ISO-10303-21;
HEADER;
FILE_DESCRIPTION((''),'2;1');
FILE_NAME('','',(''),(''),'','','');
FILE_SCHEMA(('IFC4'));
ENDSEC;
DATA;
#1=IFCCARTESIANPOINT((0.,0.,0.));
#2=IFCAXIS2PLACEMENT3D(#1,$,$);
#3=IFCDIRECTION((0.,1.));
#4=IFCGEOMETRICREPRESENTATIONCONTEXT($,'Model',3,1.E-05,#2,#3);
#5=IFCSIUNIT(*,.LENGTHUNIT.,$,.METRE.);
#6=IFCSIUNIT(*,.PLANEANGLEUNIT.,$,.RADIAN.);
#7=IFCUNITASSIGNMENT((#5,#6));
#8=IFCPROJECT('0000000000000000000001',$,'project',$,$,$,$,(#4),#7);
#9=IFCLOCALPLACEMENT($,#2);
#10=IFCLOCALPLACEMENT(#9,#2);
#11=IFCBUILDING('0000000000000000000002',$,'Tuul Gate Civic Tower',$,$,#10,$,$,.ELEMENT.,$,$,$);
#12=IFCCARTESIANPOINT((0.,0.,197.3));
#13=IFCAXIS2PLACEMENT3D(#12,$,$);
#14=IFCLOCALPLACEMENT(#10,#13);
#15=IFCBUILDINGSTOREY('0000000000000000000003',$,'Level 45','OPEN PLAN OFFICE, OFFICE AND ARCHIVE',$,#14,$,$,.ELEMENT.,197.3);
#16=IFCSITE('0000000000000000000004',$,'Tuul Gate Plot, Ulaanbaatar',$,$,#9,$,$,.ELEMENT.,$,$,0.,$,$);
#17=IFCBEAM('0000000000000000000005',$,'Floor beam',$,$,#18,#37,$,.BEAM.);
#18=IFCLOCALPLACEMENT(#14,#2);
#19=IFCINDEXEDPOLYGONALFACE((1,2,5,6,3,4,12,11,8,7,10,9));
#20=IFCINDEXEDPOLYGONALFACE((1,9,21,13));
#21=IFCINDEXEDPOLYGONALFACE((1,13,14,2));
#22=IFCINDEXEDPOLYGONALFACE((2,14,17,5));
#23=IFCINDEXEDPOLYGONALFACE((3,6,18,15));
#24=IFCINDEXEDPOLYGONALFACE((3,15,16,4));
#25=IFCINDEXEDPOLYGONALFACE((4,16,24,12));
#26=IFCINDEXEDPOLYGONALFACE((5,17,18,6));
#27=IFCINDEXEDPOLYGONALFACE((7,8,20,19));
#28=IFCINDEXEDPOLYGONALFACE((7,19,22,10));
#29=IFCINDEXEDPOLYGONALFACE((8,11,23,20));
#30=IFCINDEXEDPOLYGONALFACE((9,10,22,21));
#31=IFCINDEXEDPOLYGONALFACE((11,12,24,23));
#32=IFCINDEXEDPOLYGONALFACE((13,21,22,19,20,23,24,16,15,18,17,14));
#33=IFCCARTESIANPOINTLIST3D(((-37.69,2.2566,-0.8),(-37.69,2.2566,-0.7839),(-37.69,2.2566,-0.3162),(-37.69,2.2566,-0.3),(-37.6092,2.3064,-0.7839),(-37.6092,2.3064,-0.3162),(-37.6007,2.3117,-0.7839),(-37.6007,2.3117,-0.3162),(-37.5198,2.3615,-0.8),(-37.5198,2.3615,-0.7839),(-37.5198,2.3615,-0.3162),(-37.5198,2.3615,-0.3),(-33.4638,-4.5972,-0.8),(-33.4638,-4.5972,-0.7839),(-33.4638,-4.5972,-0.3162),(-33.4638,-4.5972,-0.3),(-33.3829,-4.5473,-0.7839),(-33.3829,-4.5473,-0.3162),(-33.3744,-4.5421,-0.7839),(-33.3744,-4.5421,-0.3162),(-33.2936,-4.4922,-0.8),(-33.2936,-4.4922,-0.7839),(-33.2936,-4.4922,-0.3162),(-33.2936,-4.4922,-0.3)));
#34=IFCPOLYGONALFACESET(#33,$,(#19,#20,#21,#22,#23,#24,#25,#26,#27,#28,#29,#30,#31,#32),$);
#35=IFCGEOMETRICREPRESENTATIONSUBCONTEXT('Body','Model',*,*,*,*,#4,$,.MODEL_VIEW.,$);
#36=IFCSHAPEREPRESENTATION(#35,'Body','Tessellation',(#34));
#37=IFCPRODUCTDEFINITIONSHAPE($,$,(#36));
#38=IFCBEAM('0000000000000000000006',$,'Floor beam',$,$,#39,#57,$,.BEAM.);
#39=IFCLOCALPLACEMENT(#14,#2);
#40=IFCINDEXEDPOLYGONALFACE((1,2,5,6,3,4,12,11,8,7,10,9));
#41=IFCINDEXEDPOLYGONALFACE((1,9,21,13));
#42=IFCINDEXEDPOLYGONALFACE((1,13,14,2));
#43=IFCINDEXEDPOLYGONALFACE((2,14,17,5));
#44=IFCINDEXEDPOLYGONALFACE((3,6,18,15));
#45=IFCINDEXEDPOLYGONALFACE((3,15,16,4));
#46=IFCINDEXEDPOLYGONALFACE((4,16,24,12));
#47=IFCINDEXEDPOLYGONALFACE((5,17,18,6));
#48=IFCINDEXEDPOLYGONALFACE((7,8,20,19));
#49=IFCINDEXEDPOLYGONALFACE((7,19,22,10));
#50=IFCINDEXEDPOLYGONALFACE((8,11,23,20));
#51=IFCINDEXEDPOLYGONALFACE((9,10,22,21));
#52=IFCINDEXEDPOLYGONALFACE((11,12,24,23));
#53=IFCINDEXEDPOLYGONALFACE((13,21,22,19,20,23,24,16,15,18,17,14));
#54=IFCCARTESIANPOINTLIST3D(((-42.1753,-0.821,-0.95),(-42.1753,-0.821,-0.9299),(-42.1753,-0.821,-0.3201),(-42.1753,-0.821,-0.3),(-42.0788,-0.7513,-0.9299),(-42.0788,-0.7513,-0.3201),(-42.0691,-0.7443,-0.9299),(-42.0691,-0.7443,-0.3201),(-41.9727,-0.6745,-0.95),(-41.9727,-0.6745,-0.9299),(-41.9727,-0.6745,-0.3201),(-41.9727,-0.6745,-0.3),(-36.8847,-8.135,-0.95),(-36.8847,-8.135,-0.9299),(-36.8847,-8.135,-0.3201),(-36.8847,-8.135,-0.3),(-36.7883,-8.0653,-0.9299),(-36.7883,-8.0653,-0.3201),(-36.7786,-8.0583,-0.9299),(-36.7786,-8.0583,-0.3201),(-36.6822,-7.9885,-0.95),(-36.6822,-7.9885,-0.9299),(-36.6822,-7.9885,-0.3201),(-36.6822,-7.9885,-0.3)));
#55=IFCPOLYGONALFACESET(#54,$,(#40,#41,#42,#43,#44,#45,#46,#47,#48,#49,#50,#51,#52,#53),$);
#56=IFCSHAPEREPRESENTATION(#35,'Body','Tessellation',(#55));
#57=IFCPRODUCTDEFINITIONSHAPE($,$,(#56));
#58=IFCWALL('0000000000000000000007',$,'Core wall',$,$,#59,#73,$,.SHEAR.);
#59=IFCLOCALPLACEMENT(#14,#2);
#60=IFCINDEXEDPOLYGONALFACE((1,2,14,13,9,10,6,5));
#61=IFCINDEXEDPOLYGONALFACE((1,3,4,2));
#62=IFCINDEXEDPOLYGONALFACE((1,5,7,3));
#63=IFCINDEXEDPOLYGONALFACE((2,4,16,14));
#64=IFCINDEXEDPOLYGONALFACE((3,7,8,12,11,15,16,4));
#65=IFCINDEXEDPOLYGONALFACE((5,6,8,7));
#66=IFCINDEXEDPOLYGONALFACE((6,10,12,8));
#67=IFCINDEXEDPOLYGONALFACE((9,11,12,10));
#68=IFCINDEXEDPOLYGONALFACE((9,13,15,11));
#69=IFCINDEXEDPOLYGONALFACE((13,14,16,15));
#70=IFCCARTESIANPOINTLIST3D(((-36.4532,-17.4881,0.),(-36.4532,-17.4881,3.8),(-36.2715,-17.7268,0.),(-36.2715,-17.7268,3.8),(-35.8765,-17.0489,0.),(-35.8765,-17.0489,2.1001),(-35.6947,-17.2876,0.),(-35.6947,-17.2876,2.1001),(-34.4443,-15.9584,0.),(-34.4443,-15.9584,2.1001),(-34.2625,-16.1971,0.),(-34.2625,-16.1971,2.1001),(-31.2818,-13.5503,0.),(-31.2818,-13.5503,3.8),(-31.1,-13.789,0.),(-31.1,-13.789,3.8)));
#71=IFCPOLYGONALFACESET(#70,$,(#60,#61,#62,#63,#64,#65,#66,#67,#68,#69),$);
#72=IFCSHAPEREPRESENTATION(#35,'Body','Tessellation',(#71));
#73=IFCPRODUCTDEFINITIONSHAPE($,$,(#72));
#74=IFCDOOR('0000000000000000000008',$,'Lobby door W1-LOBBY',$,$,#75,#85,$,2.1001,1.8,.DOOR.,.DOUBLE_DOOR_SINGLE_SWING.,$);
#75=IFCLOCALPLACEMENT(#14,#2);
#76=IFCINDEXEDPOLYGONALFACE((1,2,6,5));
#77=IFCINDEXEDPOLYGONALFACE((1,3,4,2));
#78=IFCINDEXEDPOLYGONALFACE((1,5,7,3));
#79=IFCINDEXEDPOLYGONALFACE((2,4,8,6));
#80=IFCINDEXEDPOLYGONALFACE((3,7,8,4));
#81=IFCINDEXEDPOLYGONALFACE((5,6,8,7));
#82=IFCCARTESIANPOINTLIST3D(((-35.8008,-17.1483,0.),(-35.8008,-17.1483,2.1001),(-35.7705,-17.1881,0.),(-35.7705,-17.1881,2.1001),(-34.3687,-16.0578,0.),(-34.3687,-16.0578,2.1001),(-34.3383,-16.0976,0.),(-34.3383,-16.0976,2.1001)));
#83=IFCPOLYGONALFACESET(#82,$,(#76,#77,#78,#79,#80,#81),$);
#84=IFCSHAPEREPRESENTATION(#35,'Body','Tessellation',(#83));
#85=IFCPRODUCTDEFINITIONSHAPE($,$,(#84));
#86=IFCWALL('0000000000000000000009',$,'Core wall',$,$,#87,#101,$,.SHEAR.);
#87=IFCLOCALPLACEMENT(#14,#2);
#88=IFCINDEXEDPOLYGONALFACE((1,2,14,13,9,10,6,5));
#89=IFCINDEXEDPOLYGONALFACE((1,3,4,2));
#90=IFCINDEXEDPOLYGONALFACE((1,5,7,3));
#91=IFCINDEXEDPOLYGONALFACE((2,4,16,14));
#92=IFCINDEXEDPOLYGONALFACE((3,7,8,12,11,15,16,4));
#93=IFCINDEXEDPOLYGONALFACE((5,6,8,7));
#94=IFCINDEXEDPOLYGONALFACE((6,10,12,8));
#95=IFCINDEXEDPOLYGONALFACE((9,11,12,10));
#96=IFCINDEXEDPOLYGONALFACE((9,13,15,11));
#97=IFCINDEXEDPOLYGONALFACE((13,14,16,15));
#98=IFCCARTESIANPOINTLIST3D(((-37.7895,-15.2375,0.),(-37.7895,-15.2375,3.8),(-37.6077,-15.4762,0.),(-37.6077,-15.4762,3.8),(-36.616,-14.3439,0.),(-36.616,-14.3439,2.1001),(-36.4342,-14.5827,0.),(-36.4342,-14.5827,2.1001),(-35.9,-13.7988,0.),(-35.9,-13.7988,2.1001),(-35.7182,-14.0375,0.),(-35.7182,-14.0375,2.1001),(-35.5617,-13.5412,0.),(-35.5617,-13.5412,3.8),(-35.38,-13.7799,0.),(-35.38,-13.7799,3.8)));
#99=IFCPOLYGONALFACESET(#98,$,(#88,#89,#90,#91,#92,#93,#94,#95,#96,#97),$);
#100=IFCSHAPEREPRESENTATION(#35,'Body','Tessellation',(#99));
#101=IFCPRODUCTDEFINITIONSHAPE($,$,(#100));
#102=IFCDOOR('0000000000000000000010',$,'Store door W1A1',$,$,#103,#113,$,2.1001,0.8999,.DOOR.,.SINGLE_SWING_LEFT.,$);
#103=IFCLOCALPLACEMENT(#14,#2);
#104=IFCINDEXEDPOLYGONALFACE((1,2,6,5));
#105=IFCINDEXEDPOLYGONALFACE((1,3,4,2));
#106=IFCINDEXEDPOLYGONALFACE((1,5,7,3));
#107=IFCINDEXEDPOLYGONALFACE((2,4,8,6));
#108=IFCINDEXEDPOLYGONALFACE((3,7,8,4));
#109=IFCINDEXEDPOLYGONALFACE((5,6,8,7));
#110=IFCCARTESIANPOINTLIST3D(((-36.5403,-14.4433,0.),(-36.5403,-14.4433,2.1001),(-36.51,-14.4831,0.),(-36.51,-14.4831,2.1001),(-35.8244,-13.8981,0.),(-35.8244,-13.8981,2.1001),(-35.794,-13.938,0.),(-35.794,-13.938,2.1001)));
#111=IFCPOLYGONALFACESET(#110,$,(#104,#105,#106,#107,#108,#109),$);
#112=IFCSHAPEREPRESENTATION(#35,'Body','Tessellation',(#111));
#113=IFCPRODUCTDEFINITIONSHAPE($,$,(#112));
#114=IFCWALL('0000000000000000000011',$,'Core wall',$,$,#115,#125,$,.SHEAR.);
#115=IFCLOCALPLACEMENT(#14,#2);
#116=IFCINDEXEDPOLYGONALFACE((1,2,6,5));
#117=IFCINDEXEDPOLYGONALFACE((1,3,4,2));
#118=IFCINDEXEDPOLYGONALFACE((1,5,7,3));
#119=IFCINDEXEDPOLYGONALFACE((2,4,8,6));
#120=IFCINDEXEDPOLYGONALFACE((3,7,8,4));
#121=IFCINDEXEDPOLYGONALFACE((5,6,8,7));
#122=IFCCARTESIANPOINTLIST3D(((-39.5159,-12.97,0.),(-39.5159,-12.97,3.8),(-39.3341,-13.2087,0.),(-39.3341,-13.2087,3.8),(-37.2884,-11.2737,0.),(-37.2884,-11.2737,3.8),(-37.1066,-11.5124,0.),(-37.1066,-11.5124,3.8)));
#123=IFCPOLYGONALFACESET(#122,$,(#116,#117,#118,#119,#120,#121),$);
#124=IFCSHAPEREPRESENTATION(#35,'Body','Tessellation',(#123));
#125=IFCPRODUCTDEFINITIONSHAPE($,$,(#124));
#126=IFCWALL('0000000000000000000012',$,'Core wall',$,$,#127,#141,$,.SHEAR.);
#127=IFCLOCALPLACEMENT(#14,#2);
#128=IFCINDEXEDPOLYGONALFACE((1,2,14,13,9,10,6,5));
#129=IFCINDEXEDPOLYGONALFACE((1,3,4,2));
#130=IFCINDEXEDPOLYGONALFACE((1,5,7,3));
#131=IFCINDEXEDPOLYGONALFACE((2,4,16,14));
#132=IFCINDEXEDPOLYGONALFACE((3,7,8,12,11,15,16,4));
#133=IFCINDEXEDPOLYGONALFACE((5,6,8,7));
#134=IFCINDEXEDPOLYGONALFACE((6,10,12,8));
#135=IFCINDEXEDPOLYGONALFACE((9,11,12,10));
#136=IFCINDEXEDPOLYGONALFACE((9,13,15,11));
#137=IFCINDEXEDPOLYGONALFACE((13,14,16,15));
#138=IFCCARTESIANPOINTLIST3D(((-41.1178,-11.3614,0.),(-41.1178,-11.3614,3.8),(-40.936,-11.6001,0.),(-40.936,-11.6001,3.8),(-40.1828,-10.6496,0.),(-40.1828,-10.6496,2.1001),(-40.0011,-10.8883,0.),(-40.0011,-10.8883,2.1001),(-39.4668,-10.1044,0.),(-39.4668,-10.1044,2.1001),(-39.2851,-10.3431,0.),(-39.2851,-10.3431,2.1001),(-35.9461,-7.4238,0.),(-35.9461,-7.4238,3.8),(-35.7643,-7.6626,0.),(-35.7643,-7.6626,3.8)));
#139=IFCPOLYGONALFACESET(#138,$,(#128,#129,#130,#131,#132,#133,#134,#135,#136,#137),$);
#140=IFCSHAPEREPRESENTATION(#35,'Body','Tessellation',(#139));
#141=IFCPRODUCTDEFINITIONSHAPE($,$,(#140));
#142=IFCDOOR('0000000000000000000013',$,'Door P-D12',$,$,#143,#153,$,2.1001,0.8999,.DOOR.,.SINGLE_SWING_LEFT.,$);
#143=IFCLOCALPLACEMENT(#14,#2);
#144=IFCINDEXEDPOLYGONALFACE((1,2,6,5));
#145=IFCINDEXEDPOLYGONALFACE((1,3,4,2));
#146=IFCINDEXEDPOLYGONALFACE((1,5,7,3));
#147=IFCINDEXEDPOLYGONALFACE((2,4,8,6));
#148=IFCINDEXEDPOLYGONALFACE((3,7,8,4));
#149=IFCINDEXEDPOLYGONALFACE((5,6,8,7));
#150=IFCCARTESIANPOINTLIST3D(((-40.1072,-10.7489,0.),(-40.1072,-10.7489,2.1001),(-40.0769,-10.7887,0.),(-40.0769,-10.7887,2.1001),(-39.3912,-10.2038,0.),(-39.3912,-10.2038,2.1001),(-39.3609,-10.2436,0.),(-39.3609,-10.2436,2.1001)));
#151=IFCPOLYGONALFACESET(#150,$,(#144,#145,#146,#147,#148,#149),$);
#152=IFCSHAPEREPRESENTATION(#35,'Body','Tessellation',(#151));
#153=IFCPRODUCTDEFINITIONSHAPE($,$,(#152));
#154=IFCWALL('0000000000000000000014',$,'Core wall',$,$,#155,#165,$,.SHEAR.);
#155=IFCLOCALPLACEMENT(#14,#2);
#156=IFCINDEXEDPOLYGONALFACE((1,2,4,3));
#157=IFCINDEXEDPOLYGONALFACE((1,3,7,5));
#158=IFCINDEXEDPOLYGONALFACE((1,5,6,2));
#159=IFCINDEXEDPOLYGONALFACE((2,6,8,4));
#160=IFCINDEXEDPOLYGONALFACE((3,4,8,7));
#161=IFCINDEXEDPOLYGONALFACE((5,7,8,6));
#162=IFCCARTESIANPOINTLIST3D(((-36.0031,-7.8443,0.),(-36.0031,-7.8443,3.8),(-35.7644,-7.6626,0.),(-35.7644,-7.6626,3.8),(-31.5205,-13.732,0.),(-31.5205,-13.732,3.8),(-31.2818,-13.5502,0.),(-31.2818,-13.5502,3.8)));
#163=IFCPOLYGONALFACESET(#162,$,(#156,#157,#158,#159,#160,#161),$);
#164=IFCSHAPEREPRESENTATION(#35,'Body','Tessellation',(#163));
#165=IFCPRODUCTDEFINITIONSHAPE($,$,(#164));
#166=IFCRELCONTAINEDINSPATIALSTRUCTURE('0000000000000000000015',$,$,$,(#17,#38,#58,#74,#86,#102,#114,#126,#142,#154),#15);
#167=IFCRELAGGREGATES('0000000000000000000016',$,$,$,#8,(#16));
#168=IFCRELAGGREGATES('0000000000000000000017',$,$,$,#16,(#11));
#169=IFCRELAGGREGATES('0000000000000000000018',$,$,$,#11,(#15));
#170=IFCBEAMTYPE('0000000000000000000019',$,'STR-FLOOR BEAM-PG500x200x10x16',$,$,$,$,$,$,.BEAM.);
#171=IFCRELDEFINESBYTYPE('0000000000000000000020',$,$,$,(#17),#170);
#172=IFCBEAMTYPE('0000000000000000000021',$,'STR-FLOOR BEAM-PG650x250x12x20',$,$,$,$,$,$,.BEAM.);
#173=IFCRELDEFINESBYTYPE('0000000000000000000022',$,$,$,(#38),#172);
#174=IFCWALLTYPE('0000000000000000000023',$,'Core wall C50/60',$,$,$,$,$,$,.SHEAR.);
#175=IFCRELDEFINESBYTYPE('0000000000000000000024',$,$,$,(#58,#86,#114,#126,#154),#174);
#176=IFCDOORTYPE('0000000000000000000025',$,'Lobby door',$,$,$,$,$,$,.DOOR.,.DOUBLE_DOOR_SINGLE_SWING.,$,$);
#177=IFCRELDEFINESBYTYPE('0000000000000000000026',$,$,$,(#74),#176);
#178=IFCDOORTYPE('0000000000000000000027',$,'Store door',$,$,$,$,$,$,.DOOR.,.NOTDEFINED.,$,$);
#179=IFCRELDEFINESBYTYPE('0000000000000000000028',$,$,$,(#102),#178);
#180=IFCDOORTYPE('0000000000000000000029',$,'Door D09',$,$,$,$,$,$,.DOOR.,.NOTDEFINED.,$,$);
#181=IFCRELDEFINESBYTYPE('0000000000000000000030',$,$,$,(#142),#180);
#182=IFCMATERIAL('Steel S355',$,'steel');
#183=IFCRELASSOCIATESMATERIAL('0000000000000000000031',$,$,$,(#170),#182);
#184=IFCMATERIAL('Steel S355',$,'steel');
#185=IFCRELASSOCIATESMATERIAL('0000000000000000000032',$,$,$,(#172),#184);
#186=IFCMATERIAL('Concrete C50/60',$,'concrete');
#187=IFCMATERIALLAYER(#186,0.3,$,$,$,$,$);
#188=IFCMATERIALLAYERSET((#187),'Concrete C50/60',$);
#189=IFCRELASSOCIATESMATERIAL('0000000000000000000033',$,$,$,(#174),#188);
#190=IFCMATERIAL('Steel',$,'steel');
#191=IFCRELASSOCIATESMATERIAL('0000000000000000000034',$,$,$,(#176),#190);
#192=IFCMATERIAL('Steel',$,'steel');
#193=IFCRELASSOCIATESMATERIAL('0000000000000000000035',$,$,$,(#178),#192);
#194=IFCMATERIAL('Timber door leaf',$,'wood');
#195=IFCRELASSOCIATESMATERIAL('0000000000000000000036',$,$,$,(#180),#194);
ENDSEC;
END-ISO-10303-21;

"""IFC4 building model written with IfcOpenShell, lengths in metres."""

from ifc_helpers import new_model, si_unit, direction, frame, frame_2d, origin, origin_2d, place, context, subcontext, project, spatial, rectangle, i_section, extrude, material, layer, layer_set, material_profile, profile_set, type_object, element, fill, save


model = new_model("IFC4")

# Units and contexts
model_context = context("Model", 3, precision=1e-05, world=origin(), true_north=direction((0.0, 1.0)))
body_context = subcontext(model_context, "Body", "Model", "MODEL_VIEW")
ifc_project = project(units=[si_unit("LENGTHUNIT", "METRE"), si_unit("PLANEANGLEUNIT", "RADIAN")], contexts=[model_context])

# Site, building, storey
site_placement = place(None, origin())
site = spatial("IfcSite", under=ifc_project, at=site_placement, Name="Tuul Gate Plot, Ulaanbaatar", CompositionType="ELEMENT", RefElevation=0.0)
building_placement = place(site_placement, origin())
building = spatial("IfcBuilding", under=site, at=building_placement, Name="Tuul Gate Civic Tower", CompositionType="ELEMENT")
storey_placement = place(building_placement, frame((0.0, 0.0, 197.3)))
storey = spatial("IfcBuildingStorey", under=building, at=storey_placement, Name="Level 45", Description="OPEN PLAN OFFICE, OFFICE AND ARCHIVE", CompositionType="ELEMENT", Elevation=197.3)

# Beams
ifc_material_1 = material(Name="Steel S355", Category="steel")
ifc_material_profile_1 = material_profile(ifc_material_1, i_section(OverallWidth=0.2, OverallDepth=0.5, WebThickness=0.01, FlangeThickness=0.0161, at=origin_2d()), Name="PG500x200x10x16")
ifc_profile_set_1 = profile_set([ifc_material_profile_1], Name="Steel S355")
beam_type_1 = type_object("IfcBeamType", Name="STR-FLOOR BEAM-PG500x200x10x16", PredefinedType="BEAM", material=ifc_profile_set_1)
beam_1_placement = place(storey_placement, frame((-33.3787, -4.5447, -0.55), z_axis=(-0.524874, 0.85118, 0.0), x_axis=(-0.85118, -0.524874, 0.0)))
element("IfcBeam", 1, at=beam_1_placement, inside=storey, type_object=beam_type_1, Name="Floor beam", PredefinedType="BEAM", context=body_context, shape_type="SweptSolid", body=[
    extrude(i_section(OverallWidth=0.2, OverallDepth=0.5, WebThickness=0.01, FlangeThickness=0.0161, at=origin_2d()), origin(), (0.0, 0.0, 1.0), 8.052),
])
ifc_material_2 = material(Name="Steel S355", Category="steel")
ifc_material_profile_2 = material_profile(ifc_material_2, i_section(OverallWidth=0.25, OverallDepth=0.6499, WebThickness=0.012, FlangeThickness=0.02, at=origin_2d()), Name="PG650x250x12x20")
ifc_profile_set_2 = profile_set([ifc_material_profile_2], Name="Steel S355")
beam_type_2 = type_object("IfcBeamType", Name="STR-FLOOR BEAM-PG650x250x12x20", PredefinedType="BEAM", material=ifc_profile_set_2)
beam_2_placement = place(storey_placement, frame((-36.7834, -8.0618, -0.625), z_axis=(-0.586089, 0.810247, 0.0), x_axis=(-0.810247, -0.586089, 0.0)))
element("IfcBeam", 2, at=beam_2_placement, inside=storey, type_object=beam_type_2, Name="Floor beam", PredefinedType="BEAM", context=body_context, shape_type="SweptSolid", body=[
    extrude(i_section(OverallWidth=0.25, OverallDepth=0.6499, WebThickness=0.012, FlangeThickness=0.02, at=origin_2d()), origin(), (0.0, 0.0, 1.0), 9.0269),
])

# Walls, openings, doors
ifc_material_3 = material(Name="Concrete C50/60", Category="concrete")
ifc_layer_1 = layer(ifc_material_3, 0.3)
ifc_layer_set_1 = layer_set([ifc_layer_1], Name="Concrete C50/60")
wall_type_1 = type_object("IfcWallType", Name="Core wall C50/60", PredefinedType="SHEAR", material=ifc_layer_set_1)
wall_1_placement = place(storey_placement, frame((-31.1909, -13.6697, 0.0), z_axis=(0.0, 0.0, 1.0), x_axis=(-0.795607, -0.605813, 0.0)))
wall_1 = element("IfcWall", 3, at=wall_1_placement, inside=storey, type_object=wall_type_1, Name="Core wall", PredefinedType="SHEAR", context=body_context, shape_type="SweptSolid", body=[
    extrude(rectangle(XDim=6.5, YDim=0.3, at=frame_2d((3.25, 0.0))), origin(), (0.0, 0.0, 1.0), 3.8),
])
opening_1_placement = place(wall_1_placement, frame((3.9751, 0.0, 0.0)))
opening_1 = element("IfcOpeningElement", 4, at=opening_1_placement, cuts=wall_1, PredefinedType="OPENING", context=body_context, shape_type="SweptSolid", body=[
    extrude(rectangle(XDim=1.8, YDim=2.1001, at=frame_2d((0.8999, 1.05))), frame((0.0, 0.1602, 0.0), z_axis=(0.0, -1.0, 0.0), x_axis=(1.0, 0.0, 0.0)), (0.0, 0.0, 1.0), 0.3201),
])
ifc_material_4 = material(Name="Steel", Category="steel")
door_type_1 = type_object("IfcDoorType", Name="Lobby door", OperationType="DOUBLE_DOOR_SINGLE_SWING", PredefinedType="DOOR", material=ifc_material_4)
door_1_placement = place(opening_1_placement, origin())
door_1 = element("IfcDoor", 5, at=door_1_placement, inside=storey, type_object=door_type_1, Name="Lobby door W1-LOBBY", OperationType="DOUBLE_DOOR_SINGLE_SWING", OverallHeight=2.1001, OverallWidth=1.8, PredefinedType="DOOR", context=body_context, shape_type="SweptSolid", body=[
    extrude(rectangle(XDim=1.8, YDim=2.1001, at=frame_2d((0.8999, 1.05))), frame((0.0, 0.0249, 0.0), z_axis=(0.0, -1.0, 0.0), x_axis=(1.0, 0.0, 0.0)), (0.0, 0.0, 1.0), 0.05),
])
fill(opening_1, door_1)
wall_2_placement = place(storey_placement, frame((-35.4709, -13.6606, 0.0), z_axis=(0.0, 0.0, 1.0), x_axis=(-0.795616, -0.605802, 0.0)))
wall_2 = element("IfcWall", 6, at=wall_2_placement, inside=storey, type_object=wall_type_1, Name="Core wall", PredefinedType="SHEAR", context=body_context, shape_type="SweptSolid", body=[
    extrude(rectangle(XDim=2.8, YDim=0.3, at=frame_2d((1.3999, 0.0))), origin(), (0.0, 0.0, 1.0), 3.8),
])
opening_2_placement = place(wall_2_placement, frame((0.425, 0.0, 0.0)))
opening_2 = element("IfcOpeningElement", 7, at=opening_2_placement, cuts=wall_2, PredefinedType="OPENING", context=body_context, shape_type="SweptSolid", body=[
    extrude(rectangle(XDim=0.8999, YDim=2.1001, at=frame_2d((0.45, 1.05))), frame((0.0, 0.1602, 0.0), z_axis=(0.0, -1.0, 0.0), x_axis=(1.0, 0.0, 0.0)), (0.0, 0.0, 1.0), 0.3201),
])
ifc_material_5 = material(Name="Steel", Category="steel")
door_type_2 = type_object("IfcDoorType", Name="Store door", OperationType="NOTDEFINED", PredefinedType="DOOR", material=ifc_material_5)
door_2_placement = place(opening_2_placement, origin())
door_2 = element("IfcDoor", 8, at=door_2_placement, inside=storey, type_object=door_type_2, Name="Store door W1A1", OperationType="SINGLE_SWING_LEFT", OverallHeight=2.1001, OverallWidth=0.8999, PredefinedType="DOOR", context=body_context, shape_type="SweptSolid", body=[
    extrude(rectangle(XDim=0.8999, YDim=2.1001, at=frame_2d((0.45, 1.05))), frame((0.0, 0.0249, 0.0), z_axis=(0.0, -1.0, 0.0), x_axis=(1.0, 0.0, 0.0)), (0.0, 0.0, 1.0), 0.05),
])
fill(opening_2, door_2)

# Wall
wall_3_placement = place(storey_placement, frame((-37.1975, -11.3931, 0.0), z_axis=(0.0, 0.0, 1.0), x_axis=(-0.795584, -0.605844, 0.0)))
element("IfcWall", 9, at=wall_3_placement, inside=storey, type_object=wall_type_1, Name="Core wall", PredefinedType="SHEAR", context=body_context, shape_type="SweptSolid", body=[
    extrude(rectangle(XDim=2.7998, YDim=0.3, at=frame_2d((1.3999, 0.0))), origin(), (0.0, 0.0, 1.0), 3.8),
])

# Wall, opening, door
wall_4_placement = place(storey_placement, frame((-35.8552, -7.5432, 0.0), z_axis=(0.0, 0.0, 1.0), x_axis=(-0.795639, -0.605772, 0.0)))
wall_4 = element("IfcWall", 10, at=wall_4_placement, inside=storey, type_object=wall_type_1, Name="Core wall", PredefinedType="SHEAR", context=body_context, shape_type="SweptSolid", body=[
    extrude(rectangle(XDim=6.5, YDim=0.3, at=frame_2d((3.25, 0.0))), origin(), (0.0, 0.0, 1.0), 3.8),
])
opening_3_placement = place(wall_4_placement, frame((4.425, 0.0, 0.0)))
opening_3 = element("IfcOpeningElement", 11, at=opening_3_placement, cuts=wall_4, PredefinedType="OPENING", context=body_context, shape_type="SweptSolid", body=[
    extrude(rectangle(XDim=0.8999, YDim=2.1001, at=frame_2d((0.45, 1.05))), frame((0.0, 0.1602, 0.0), z_axis=(0.0, -1.0, 0.0), x_axis=(1.0, 0.0, 0.0)), (0.0, 0.0, 1.0), 0.3201),
])
ifc_material_6 = material(Name="Timber door leaf", Category="wood")
door_type_3 = type_object("IfcDoorType", Name="Door D09", OperationType="NOTDEFINED", PredefinedType="DOOR", material=ifc_material_6)
door_3_placement = place(opening_3_placement, origin())
door_3 = element("IfcDoor", 12, at=door_3_placement, inside=storey, type_object=door_type_3, Name="Door P-D12", OperationType="SINGLE_SWING_LEFT", OverallHeight=2.1001, OverallWidth=0.8999, PredefinedType="DOOR", context=body_context, shape_type="SweptSolid", body=[
    extrude(rectangle(XDim=0.8999, YDim=2.1001, at=frame_2d((0.45, 1.05))), frame((0.0, 0.0249, 0.0), z_axis=(0.0, -1.0, 0.0), x_axis=(1.0, 0.0, 0.0)), (0.0, 0.0, 1.0), 0.05),
])
fill(opening_3, door_3)

# Wall
wall_5_placement = place(storey_placement, frame((-31.4011, -13.6411, 0.0), z_axis=(0.0, 0.0, 1.0), x_axis=(-0.60577, 0.79564, 0.0)))
element("IfcWall", 13, at=wall_5_placement, inside=storey, type_object=wall_type_1, Name="Core wall", PredefinedType="SHEAR", context=body_context, shape_type="SweptSolid", body=[
    extrude(rectangle(XDim=7.3999, YDim=0.3, at=frame_2d((3.7, 0.0))), origin(), (0.0, 0.0, 1.0), 3.8),
])

save(model, "model.ifc")
